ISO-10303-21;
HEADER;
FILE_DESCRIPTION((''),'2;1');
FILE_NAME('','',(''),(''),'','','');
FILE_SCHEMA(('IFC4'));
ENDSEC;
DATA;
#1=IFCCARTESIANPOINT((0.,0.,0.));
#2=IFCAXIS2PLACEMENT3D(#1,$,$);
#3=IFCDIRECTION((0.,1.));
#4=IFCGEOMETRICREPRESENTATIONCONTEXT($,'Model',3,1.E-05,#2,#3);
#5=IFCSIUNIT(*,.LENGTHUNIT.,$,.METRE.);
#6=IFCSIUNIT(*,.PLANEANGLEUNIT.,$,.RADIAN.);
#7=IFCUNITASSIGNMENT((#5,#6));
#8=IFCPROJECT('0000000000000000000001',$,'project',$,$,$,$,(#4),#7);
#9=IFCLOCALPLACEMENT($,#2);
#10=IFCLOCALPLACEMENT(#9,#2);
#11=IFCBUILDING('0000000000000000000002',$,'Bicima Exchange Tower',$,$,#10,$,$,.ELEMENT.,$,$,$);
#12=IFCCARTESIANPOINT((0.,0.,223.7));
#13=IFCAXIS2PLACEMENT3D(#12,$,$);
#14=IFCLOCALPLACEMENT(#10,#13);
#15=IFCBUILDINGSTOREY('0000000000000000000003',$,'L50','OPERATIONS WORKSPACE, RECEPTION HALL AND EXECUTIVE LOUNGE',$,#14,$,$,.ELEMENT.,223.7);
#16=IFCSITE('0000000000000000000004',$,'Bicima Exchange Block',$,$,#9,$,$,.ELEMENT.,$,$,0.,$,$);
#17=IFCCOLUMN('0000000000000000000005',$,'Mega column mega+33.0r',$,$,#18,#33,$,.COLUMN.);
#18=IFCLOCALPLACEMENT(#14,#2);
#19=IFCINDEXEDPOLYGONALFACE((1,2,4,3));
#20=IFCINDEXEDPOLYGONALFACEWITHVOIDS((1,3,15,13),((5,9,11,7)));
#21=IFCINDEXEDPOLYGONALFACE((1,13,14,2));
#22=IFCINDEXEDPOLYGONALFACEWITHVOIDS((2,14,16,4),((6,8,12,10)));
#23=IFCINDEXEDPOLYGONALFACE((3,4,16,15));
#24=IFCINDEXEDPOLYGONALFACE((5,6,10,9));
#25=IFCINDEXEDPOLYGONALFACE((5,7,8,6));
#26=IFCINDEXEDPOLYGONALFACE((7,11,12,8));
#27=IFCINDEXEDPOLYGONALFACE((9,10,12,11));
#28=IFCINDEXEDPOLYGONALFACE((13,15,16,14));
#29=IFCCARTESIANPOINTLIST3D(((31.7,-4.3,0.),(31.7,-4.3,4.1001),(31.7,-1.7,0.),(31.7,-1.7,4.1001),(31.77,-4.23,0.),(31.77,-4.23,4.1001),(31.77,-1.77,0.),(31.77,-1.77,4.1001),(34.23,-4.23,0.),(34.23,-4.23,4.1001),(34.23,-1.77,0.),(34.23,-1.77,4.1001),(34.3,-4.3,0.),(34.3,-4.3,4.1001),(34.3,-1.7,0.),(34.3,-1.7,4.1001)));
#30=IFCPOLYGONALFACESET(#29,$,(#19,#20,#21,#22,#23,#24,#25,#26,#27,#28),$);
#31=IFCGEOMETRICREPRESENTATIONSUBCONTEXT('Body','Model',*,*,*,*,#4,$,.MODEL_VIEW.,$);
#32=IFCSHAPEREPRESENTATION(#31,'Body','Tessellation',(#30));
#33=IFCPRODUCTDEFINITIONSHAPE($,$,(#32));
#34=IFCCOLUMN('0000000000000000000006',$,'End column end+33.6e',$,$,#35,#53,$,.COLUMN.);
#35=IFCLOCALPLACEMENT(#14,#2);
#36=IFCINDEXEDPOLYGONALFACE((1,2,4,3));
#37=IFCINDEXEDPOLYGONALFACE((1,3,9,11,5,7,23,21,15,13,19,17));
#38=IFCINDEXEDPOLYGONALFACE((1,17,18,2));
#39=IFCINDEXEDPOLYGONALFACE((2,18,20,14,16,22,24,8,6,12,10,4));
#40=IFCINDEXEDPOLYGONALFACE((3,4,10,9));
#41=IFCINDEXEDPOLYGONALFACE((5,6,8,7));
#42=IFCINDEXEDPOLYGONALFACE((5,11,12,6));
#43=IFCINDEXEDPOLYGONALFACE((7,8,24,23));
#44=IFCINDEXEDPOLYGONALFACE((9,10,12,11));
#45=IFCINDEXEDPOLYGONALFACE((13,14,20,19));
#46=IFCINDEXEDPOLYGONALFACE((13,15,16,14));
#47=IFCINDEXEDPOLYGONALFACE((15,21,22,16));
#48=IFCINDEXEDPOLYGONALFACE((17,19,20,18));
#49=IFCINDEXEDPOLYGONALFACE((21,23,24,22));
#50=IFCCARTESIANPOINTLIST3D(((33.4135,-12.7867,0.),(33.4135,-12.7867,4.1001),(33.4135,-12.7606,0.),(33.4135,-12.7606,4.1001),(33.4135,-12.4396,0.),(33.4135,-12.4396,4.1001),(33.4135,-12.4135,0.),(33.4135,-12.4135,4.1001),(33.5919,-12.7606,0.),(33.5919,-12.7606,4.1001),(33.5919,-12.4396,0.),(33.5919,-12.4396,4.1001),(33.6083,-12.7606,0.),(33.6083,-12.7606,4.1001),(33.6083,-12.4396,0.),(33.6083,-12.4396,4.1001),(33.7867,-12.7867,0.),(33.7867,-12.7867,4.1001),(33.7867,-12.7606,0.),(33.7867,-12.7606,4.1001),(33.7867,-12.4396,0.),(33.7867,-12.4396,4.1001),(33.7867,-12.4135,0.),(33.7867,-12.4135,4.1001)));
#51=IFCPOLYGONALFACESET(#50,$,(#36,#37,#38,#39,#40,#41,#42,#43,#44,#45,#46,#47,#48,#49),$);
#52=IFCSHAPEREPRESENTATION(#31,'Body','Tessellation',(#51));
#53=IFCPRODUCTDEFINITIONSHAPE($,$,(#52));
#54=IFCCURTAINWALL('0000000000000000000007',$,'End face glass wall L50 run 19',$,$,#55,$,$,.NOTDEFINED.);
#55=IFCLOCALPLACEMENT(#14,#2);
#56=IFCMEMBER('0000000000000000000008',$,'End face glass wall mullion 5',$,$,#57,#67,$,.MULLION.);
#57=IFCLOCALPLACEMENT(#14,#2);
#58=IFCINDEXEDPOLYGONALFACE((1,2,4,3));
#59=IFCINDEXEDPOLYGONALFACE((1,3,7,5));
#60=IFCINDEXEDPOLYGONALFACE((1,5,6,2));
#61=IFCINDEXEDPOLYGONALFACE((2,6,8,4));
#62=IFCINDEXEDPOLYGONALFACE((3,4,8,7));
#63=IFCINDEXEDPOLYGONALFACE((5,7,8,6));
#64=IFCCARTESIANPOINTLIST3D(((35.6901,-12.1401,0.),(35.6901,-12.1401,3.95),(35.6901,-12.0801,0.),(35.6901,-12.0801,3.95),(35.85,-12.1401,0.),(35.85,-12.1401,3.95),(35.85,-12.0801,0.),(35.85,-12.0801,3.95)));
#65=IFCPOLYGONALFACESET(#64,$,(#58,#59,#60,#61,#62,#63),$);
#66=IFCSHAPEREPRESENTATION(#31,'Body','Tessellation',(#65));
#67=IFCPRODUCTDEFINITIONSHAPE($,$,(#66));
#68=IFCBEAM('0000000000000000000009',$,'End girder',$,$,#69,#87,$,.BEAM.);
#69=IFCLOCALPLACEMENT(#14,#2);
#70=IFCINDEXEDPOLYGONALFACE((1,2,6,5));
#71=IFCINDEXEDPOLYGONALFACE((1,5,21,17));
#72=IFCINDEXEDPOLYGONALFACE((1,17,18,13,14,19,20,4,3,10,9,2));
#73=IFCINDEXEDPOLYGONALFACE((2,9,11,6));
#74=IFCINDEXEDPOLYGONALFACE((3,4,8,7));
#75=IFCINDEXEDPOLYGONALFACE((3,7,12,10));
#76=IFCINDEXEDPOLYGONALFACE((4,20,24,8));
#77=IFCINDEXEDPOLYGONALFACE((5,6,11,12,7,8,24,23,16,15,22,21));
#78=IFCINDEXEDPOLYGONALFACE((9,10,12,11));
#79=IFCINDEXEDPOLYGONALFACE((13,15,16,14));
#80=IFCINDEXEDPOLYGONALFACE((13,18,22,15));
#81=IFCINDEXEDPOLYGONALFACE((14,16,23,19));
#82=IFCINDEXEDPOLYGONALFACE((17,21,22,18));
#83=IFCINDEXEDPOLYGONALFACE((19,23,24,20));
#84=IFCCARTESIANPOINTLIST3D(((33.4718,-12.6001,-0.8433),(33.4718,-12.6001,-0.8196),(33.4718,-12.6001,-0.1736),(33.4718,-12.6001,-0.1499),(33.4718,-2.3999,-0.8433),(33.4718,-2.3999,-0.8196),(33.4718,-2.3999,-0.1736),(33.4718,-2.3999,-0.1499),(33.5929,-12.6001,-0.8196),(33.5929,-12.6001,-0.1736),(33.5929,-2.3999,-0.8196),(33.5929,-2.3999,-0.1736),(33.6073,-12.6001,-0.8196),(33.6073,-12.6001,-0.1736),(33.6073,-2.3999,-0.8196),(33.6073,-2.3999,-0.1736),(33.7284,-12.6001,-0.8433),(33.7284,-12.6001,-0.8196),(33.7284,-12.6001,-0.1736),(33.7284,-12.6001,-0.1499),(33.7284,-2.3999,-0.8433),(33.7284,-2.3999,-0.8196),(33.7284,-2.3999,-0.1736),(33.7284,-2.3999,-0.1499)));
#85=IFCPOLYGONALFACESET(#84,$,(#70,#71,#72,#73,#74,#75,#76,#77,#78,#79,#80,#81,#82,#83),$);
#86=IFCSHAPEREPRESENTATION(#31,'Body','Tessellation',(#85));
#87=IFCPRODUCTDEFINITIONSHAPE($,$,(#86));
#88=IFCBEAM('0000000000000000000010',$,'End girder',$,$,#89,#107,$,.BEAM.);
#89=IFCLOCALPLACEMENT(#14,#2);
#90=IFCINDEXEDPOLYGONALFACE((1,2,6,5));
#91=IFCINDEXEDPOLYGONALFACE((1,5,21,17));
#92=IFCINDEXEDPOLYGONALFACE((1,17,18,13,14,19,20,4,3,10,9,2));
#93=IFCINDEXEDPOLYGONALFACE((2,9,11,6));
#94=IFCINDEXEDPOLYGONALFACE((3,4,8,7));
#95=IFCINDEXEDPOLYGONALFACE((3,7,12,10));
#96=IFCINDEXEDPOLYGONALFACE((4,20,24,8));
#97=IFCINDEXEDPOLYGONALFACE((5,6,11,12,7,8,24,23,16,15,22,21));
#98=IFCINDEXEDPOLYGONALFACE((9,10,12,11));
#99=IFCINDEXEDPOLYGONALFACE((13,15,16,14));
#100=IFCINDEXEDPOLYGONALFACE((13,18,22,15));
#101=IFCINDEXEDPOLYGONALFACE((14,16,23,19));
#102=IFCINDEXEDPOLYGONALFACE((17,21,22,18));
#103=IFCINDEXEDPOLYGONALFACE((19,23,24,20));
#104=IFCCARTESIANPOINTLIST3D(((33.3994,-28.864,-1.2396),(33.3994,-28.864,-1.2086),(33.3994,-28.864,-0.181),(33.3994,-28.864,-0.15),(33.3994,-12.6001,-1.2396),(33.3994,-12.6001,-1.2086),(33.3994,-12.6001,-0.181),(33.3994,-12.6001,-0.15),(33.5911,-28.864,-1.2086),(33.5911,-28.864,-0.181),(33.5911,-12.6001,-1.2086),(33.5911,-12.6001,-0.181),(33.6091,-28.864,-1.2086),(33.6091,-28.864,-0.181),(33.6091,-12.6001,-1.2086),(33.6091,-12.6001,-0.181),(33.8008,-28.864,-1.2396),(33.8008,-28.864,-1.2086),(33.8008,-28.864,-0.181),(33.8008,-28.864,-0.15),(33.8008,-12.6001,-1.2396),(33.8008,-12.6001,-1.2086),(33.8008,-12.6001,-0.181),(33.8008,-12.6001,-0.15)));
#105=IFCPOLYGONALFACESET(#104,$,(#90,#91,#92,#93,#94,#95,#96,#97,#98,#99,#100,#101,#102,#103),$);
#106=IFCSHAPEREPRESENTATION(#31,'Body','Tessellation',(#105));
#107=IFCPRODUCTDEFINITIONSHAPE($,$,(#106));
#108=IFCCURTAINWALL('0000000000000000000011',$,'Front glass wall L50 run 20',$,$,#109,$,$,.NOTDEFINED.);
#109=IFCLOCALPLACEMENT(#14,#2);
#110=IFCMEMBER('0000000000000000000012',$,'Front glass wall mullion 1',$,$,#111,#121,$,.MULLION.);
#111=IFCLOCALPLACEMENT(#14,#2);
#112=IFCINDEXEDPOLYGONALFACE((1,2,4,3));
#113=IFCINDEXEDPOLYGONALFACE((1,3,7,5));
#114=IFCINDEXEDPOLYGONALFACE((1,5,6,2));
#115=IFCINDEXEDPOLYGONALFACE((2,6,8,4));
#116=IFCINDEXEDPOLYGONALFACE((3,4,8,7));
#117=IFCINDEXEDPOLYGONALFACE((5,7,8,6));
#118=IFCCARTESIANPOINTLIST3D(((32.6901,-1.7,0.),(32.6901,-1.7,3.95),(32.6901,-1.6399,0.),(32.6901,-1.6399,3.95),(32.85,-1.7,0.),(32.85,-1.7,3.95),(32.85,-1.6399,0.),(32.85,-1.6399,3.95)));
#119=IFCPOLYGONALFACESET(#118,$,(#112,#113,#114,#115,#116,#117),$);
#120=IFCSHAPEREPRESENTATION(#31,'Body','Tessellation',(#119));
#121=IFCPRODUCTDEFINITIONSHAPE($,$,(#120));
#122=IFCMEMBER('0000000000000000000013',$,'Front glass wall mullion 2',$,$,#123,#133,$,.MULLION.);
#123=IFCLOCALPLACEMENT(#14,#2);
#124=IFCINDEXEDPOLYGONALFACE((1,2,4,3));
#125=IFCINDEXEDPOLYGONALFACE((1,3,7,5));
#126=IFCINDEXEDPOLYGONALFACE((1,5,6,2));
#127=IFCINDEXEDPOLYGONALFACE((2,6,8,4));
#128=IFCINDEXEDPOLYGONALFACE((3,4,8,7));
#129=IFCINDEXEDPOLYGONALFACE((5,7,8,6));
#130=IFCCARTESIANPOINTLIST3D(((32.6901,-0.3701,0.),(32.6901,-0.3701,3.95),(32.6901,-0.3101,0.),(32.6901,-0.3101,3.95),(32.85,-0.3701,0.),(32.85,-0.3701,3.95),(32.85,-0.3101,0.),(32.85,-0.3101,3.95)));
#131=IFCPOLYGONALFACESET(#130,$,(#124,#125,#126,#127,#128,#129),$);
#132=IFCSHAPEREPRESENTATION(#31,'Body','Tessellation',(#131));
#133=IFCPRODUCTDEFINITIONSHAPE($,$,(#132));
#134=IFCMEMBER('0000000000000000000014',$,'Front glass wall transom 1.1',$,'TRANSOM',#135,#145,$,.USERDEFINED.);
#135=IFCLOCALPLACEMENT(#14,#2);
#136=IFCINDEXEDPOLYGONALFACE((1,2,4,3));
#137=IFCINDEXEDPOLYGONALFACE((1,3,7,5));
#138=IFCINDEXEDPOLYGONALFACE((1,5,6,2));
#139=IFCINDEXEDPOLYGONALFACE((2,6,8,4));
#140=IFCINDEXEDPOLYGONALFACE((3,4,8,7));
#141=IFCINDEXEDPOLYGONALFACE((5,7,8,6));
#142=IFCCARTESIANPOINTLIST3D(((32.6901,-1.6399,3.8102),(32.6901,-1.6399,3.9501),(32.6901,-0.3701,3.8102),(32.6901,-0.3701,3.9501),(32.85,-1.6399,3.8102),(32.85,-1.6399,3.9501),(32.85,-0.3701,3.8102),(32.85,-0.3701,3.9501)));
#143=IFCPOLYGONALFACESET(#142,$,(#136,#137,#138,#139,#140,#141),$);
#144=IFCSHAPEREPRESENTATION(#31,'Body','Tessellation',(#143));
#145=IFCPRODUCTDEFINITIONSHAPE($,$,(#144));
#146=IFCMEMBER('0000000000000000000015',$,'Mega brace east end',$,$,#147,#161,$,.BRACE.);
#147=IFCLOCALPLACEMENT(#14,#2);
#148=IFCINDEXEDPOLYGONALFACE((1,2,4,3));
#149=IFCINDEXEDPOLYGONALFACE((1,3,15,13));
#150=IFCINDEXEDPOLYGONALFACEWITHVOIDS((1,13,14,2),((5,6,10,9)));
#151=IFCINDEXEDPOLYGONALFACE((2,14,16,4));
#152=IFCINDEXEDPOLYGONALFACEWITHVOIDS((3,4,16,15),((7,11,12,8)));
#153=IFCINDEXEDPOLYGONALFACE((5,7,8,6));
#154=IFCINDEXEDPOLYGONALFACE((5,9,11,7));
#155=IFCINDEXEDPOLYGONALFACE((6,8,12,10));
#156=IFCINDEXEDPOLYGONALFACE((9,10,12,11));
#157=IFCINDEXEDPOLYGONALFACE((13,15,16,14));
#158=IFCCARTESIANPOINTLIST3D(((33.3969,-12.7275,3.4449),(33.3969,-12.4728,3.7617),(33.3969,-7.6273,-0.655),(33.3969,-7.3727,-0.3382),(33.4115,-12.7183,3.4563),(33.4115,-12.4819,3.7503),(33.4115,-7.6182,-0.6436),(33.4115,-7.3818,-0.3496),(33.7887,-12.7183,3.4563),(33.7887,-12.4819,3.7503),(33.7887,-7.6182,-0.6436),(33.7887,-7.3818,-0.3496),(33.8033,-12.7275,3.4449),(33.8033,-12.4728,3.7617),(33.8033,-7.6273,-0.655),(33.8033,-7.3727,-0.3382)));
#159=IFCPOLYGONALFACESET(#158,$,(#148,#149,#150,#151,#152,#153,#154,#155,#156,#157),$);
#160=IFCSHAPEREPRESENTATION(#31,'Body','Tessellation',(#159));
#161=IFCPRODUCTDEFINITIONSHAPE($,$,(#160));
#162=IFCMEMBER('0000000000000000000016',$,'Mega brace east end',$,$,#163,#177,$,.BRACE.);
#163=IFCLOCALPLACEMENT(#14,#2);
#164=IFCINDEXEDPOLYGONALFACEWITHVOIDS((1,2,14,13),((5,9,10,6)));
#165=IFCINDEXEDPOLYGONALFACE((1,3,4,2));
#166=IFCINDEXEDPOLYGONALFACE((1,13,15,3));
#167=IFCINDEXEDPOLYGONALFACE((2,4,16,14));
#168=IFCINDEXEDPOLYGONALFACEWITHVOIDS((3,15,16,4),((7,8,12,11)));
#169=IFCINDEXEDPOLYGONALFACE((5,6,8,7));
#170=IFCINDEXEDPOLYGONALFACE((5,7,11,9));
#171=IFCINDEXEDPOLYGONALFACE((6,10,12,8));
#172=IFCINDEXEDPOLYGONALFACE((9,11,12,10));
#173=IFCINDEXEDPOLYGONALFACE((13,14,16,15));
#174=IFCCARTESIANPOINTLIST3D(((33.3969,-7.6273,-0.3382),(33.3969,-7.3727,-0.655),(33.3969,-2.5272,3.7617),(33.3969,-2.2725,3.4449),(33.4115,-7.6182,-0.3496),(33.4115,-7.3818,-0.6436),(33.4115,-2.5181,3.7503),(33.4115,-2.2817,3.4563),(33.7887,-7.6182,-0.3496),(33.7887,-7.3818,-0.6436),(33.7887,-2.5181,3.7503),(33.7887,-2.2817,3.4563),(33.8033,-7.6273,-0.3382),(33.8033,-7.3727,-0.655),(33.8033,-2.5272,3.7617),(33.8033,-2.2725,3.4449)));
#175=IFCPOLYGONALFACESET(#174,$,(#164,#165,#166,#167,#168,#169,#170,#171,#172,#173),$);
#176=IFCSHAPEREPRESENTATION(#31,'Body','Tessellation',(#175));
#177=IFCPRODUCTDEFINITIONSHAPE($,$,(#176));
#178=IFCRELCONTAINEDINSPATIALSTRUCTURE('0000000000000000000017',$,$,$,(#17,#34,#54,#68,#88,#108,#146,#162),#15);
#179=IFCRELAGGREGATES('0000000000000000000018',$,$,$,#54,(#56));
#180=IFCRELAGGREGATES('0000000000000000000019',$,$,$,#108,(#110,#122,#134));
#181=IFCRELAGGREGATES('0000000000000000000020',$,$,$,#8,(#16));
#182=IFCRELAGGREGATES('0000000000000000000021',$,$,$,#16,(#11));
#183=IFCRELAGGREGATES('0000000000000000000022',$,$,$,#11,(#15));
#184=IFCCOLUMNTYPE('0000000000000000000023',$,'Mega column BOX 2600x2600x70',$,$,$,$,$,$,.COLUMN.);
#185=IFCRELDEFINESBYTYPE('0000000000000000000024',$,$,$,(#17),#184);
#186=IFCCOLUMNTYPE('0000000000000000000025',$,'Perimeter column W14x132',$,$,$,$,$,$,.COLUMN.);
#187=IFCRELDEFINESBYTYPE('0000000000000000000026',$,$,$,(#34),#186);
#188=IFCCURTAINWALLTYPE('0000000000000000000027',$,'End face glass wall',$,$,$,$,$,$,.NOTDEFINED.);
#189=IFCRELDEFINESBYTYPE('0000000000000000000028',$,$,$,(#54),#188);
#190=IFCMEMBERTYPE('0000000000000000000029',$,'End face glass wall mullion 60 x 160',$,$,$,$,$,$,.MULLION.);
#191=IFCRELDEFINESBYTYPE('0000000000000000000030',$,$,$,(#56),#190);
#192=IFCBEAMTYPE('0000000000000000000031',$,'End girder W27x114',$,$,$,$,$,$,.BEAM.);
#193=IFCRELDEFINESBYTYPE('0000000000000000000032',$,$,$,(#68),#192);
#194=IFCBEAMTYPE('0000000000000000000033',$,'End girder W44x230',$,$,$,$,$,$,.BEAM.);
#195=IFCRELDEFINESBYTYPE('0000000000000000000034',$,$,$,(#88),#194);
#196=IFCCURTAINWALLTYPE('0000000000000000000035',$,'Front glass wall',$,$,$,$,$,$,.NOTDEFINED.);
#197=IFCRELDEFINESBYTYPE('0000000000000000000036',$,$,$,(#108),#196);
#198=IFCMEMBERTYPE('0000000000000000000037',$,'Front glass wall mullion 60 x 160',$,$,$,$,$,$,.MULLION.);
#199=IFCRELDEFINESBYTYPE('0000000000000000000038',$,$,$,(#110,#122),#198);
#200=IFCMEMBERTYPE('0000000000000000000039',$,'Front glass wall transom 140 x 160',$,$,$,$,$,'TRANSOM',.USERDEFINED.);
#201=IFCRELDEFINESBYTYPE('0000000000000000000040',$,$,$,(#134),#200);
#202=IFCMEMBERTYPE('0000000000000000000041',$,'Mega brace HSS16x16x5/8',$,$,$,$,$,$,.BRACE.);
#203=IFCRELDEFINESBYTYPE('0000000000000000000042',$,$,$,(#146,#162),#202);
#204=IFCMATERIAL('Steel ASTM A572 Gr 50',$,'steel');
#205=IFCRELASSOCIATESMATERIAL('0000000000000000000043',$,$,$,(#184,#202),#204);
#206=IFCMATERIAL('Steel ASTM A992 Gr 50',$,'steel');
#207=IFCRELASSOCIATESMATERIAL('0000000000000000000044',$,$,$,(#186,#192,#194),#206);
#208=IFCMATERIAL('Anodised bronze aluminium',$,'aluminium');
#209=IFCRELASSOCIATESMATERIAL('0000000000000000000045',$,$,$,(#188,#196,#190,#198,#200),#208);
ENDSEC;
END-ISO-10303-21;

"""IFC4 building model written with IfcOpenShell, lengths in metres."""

from ifc_helpers import new_model, si_unit, direction, frame, origin, origin_2d, place, context, subcontext, project, spatial, rectangle, hollow_rectangle, i_section, extrude, material, material_profile, profile_set, type_object, element, aggregate, save


model = new_model("IFC4")

# Units and contexts
model_context = context("Model", 3, precision=1e-05, world=origin(), true_north=direction((0.0, 1.0)))
body_context = subcontext(model_context, "Body", "Model", "MODEL_VIEW")
ifc_project = project(units=[si_unit("LENGTHUNIT", "METRE"), si_unit("PLANEANGLEUNIT", "RADIAN")], contexts=[model_context])

# Site, building, storey
site_placement = place(None, origin())
site = spatial("IfcSite", under=ifc_project, at=site_placement, Name="Bicima Exchange Block", CompositionType="ELEMENT", RefElevation=0.0)
building_placement = place(site_placement, origin())
building = spatial("IfcBuilding", under=site, at=building_placement, Name="Bicima Exchange Tower", CompositionType="ELEMENT")
storey_placement = place(building_placement, frame((0.0, 0.0, 223.7)))
storey = spatial("IfcBuildingStorey", under=building, at=storey_placement, Name="L50", Description="OPERATIONS WORKSPACE, RECEPTION HALL AND EXECUTIVE LOUNGE", CompositionType="ELEMENT", Elevation=223.7)

# Columns
ifc_material_1 = material(Name="Steel ASTM A572 Gr 50", Category="steel")
ifc_material_profile_1 = material_profile(ifc_material_1, hollow_rectangle(XDim=2.6001, YDim=2.6001, WallThickness=0.0701, at=origin_2d()))
ifc_profile_set_1 = profile_set([ifc_material_profile_1], Name="Steel ASTM A572 Gr 50")
column_type_1 = type_object("IfcColumnType", Name="Mega column BOX 2600x2600x70", PredefinedType="COLUMN", material=ifc_profile_set_1)
column_1_placement = place(storey_placement, frame((33.0, -3.0, 0.0), z_axis=(0.0, 0.0, 1.0), x_axis=(1.0, 0.0, 0.0)))
element("IfcColumn", 1, at=column_1_placement, inside=storey, type_object=column_type_1, Name="Mega column mega+33.0r", PredefinedType="COLUMN", context=body_context, shape_type="SweptSolid", body=[
    extrude(hollow_rectangle(XDim=2.6001, YDim=2.6001, WallThickness=0.0701, at=origin_2d()), origin(), (0.0, 0.0, 1.0), 4.1001),
])
ifc_material_2 = material(Name="Steel ASTM A992 Gr 50", Category="steel")
ifc_material_profile_2 = material_profile(ifc_material_2, i_section(OverallWidth=0.3733, OverallDepth=0.3733, WebThickness=0.0164, FlangeThickness=0.0261, at=origin_2d()))
ifc_profile_set_2 = profile_set([ifc_material_profile_2], Name="Steel ASTM A992 Gr 50")
column_type_2 = type_object("IfcColumnType", Name="Perimeter column W14x132", PredefinedType="COLUMN", material=ifc_profile_set_2)
column_2_placement = place(storey_placement, frame((33.6001, -12.6001, 0.0), z_axis=(0.0, 0.0, 1.0), x_axis=(1.0, 0.0, 0.0)))
element("IfcColumn", 2, at=column_2_placement, inside=storey, type_object=column_type_2, Name="End column end+33.6e", PredefinedType="COLUMN", context=body_context, shape_type="SweptSolid", body=[
    extrude(i_section(OverallWidth=0.3733, OverallDepth=0.3733, WebThickness=0.0164, FlangeThickness=0.0261, at=origin_2d()), origin(), (0.0, 0.0, 1.0), 4.1001),
])

# Curtain wall, member
ifc_material_3 = material(Name="Anodised bronze aluminium", Category="aluminium")
curtain_wall_type_1 = type_object("IfcCurtainWallType", Name="End face glass wall", PredefinedType="NOTDEFINED", material=ifc_material_3)
curtain_wall_1_placement = place(storey_placement, origin())
curtain_wall_1 = element("IfcCurtainWall", 3, at=curtain_wall_1_placement, inside=storey, type_object=curtain_wall_type_1, Name="End face glass wall L50 run 19", PredefinedType="NOTDEFINED")
ifc_material_profile_3 = material_profile(ifc_material_3, rectangle(XDim=0.1599, YDim=0.0601, at=origin_2d()))
ifc_profile_set_3 = profile_set([ifc_material_profile_3], Name="Anodised bronze aluminium")
member_type_1 = type_object("IfcMemberType", Name="End face glass wall mullion 60 x 160", PredefinedType="MULLION", material=ifc_profile_set_3)
member_1_placement = place(storey_placement, frame((35.77, -12.1101, 0.0), z_axis=(0.0, 0.0, 1.0), x_axis=(-1.0, 0.0, 0.0)))
member_1 = element("IfcMember", 4, at=member_1_placement, type_object=member_type_1, Name="End face glass wall mullion 5", PredefinedType="MULLION", context=body_context, shape_type="SweptSolid", body=[
    extrude(rectangle(XDim=0.1599, YDim=0.0601, at=origin_2d()), origin(), (0.0, 0.0, 1.0), 3.95),
])
aggregate(curtain_wall_1, [member_1])

# Beams
ifc_material_profile_4 = material_profile(ifc_material_2, i_section(OverallWidth=0.2566, OverallDepth=0.6934, WebThickness=0.0144, FlangeThickness=0.0237, at=origin_2d()))
ifc_profile_set_4 = profile_set([ifc_material_profile_4], Name="Steel ASTM A992 Gr 50")
beam_type_1 = type_object("IfcBeamType", Name="End girder W27x114", PredefinedType="BEAM", material=ifc_profile_set_4)
beam_1_placement = place(storey_placement, frame((33.6001, -2.3999, -0.4966), z_axis=(0.0, -1.0, 0.0), x_axis=(1.0, 0.0, 0.0)))
element("IfcBeam", 5, at=beam_1_placement, inside=storey, type_object=beam_type_1, Name="End girder", PredefinedType="BEAM", context=body_context, shape_type="SweptSolid", body=[
    extrude(i_section(OverallWidth=0.2566, OverallDepth=0.6934, WebThickness=0.0144, FlangeThickness=0.0237, at=origin_2d()), origin(), (0.0, 0.0, 1.0), 10.2002),
])
ifc_material_profile_5 = material_profile(ifc_material_2, i_section(OverallWidth=0.4014, OverallDepth=1.0896, WebThickness=0.0181, FlangeThickness=0.031, at=origin_2d()))
ifc_profile_set_5 = profile_set([ifc_material_profile_5], Name="Steel ASTM A992 Gr 50")
beam_type_2 = type_object("IfcBeamType", Name="End girder W44x230", PredefinedType="BEAM", material=ifc_profile_set_5)
beam_2_placement = place(storey_placement, frame((33.6001, -12.6001, -0.6948), z_axis=(0.0, -1.0, 0.0), x_axis=(1.0, 0.0, 0.0)))
element("IfcBeam", 6, at=beam_2_placement, inside=storey, type_object=beam_type_2, Name="End girder", PredefinedType="BEAM", context=body_context, shape_type="SweptSolid", body=[
    extrude(i_section(OverallWidth=0.4014, OverallDepth=1.0896, WebThickness=0.0181, FlangeThickness=0.031, at=origin_2d()), origin(), (0.0, 0.0, 1.0), 16.2639),
])

# Curtain wall, members
curtain_wall_type_2 = type_object("IfcCurtainWallType", Name="Front glass wall", PredefinedType="NOTDEFINED", material=ifc_material_3)
curtain_wall_2_placement = place(storey_placement, origin())
curtain_wall_2 = element("IfcCurtainWall", 7, at=curtain_wall_2_placement, inside=storey, type_object=curtain_wall_type_2, Name="Front glass wall L50 run 20", PredefinedType="NOTDEFINED")
member_type_2 = type_object("IfcMemberType", Name="Front glass wall mullion 60 x 160", PredefinedType="MULLION", material=ifc_profile_set_3)
member_2_placement = place(storey_placement, frame((32.77, -1.6699, 0.0), z_axis=(0.0, 0.0, 1.0), x_axis=(-1.0, 0.0, 0.0)))
member_2 = element("IfcMember", 8, at=member_2_placement, type_object=member_type_2, Name="Front glass wall mullion 1", PredefinedType="MULLION", context=body_context, shape_type="SweptSolid", body=[
    extrude(rectangle(XDim=0.1599, YDim=0.0601, at=origin_2d()), origin(), (0.0, 0.0, 1.0), 3.95),
])
member_3_placement = place(storey_placement, frame((32.77, -0.3401, 0.0), z_axis=(0.0, 0.0, 1.0), x_axis=(-1.0, 0.0, 0.0)))
member_3 = element("IfcMember", 9, at=member_3_placement, type_object=member_type_2, Name="Front glass wall mullion 2", PredefinedType="MULLION", context=body_context, shape_type="SweptSolid", body=[
    extrude(rectangle(XDim=0.1599, YDim=0.0601, at=origin_2d()), origin(), (0.0, 0.0, 1.0), 3.95),
])
ifc_material_profile_6 = material_profile(ifc_material_3, rectangle(XDim=0.1599, YDim=0.1399, at=origin_2d()))
ifc_profile_set_6 = profile_set([ifc_material_profile_6], Name="Anodised bronze aluminium")
member_type_3 = type_object("IfcMemberType", Name="Front glass wall transom 140 x 160", ElementType="TRANSOM", PredefinedType="USERDEFINED", material=ifc_profile_set_6)
member_4_placement = place(storey_placement, frame((32.77, -1.6399, 3.8801), z_axis=(0.0, 1.0, 0.0), x_axis=(-1.0, 0.0, 0.0)))
member_4 = element("IfcMember", 10, at=member_4_placement, type_object=member_type_3, Name="Front glass wall transom 1.1", ObjectType="TRANSOM", PredefinedType="USERDEFINED", context=body_context, shape_type="SweptSolid", body=[
    extrude(rectangle(XDim=0.1599, YDim=0.1399, at=origin_2d()), origin(), (0.0, 0.0, 1.0), 1.2698),
])

# Members
ifc_material_profile_7 = material_profile(ifc_material_1, hollow_rectangle(XDim=0.4065, YDim=0.4065, WallThickness=0.0146, at=origin_2d()))
ifc_profile_set_7 = profile_set([ifc_material_profile_7], Name="Steel ASTM A572 Gr 50")
member_type_4 = type_object("IfcMemberType", Name="Mega brace HSS16x16x5/8", PredefinedType="BRACE", material=ifc_profile_set_7)
for number, where, z_axis, x_axis, name in (
    (11, (33.6001, -7.5, -0.4966), (0.0, -0.779392, 0.626536), (1.0, 0.0, 0.0), "Mega brace east end"),
    (12, (33.6001, -7.5, -0.4966), (0.0, 0.779392, 0.626536), (-1.0, 0.0, 0.0), "Mega brace east end"),
):
    element("IfcMember", number, at=place(storey_placement, frame(where, z_axis=z_axis, x_axis=x_axis)), inside=storey, type_object=member_type_4, Name=name, PredefinedType="BRACE", context=body_context, shape_type="SweptSolid", body=[
        extrude(hollow_rectangle(XDim=0.4065, YDim=0.4065, WallThickness=0.0146, at=origin_2d()), origin(), (0.0, 0.0, 1.0), 6.5437),
    ])

aggregate(curtain_wall_2, [member_2, member_3, member_4])

save(model, "model.ifc")
